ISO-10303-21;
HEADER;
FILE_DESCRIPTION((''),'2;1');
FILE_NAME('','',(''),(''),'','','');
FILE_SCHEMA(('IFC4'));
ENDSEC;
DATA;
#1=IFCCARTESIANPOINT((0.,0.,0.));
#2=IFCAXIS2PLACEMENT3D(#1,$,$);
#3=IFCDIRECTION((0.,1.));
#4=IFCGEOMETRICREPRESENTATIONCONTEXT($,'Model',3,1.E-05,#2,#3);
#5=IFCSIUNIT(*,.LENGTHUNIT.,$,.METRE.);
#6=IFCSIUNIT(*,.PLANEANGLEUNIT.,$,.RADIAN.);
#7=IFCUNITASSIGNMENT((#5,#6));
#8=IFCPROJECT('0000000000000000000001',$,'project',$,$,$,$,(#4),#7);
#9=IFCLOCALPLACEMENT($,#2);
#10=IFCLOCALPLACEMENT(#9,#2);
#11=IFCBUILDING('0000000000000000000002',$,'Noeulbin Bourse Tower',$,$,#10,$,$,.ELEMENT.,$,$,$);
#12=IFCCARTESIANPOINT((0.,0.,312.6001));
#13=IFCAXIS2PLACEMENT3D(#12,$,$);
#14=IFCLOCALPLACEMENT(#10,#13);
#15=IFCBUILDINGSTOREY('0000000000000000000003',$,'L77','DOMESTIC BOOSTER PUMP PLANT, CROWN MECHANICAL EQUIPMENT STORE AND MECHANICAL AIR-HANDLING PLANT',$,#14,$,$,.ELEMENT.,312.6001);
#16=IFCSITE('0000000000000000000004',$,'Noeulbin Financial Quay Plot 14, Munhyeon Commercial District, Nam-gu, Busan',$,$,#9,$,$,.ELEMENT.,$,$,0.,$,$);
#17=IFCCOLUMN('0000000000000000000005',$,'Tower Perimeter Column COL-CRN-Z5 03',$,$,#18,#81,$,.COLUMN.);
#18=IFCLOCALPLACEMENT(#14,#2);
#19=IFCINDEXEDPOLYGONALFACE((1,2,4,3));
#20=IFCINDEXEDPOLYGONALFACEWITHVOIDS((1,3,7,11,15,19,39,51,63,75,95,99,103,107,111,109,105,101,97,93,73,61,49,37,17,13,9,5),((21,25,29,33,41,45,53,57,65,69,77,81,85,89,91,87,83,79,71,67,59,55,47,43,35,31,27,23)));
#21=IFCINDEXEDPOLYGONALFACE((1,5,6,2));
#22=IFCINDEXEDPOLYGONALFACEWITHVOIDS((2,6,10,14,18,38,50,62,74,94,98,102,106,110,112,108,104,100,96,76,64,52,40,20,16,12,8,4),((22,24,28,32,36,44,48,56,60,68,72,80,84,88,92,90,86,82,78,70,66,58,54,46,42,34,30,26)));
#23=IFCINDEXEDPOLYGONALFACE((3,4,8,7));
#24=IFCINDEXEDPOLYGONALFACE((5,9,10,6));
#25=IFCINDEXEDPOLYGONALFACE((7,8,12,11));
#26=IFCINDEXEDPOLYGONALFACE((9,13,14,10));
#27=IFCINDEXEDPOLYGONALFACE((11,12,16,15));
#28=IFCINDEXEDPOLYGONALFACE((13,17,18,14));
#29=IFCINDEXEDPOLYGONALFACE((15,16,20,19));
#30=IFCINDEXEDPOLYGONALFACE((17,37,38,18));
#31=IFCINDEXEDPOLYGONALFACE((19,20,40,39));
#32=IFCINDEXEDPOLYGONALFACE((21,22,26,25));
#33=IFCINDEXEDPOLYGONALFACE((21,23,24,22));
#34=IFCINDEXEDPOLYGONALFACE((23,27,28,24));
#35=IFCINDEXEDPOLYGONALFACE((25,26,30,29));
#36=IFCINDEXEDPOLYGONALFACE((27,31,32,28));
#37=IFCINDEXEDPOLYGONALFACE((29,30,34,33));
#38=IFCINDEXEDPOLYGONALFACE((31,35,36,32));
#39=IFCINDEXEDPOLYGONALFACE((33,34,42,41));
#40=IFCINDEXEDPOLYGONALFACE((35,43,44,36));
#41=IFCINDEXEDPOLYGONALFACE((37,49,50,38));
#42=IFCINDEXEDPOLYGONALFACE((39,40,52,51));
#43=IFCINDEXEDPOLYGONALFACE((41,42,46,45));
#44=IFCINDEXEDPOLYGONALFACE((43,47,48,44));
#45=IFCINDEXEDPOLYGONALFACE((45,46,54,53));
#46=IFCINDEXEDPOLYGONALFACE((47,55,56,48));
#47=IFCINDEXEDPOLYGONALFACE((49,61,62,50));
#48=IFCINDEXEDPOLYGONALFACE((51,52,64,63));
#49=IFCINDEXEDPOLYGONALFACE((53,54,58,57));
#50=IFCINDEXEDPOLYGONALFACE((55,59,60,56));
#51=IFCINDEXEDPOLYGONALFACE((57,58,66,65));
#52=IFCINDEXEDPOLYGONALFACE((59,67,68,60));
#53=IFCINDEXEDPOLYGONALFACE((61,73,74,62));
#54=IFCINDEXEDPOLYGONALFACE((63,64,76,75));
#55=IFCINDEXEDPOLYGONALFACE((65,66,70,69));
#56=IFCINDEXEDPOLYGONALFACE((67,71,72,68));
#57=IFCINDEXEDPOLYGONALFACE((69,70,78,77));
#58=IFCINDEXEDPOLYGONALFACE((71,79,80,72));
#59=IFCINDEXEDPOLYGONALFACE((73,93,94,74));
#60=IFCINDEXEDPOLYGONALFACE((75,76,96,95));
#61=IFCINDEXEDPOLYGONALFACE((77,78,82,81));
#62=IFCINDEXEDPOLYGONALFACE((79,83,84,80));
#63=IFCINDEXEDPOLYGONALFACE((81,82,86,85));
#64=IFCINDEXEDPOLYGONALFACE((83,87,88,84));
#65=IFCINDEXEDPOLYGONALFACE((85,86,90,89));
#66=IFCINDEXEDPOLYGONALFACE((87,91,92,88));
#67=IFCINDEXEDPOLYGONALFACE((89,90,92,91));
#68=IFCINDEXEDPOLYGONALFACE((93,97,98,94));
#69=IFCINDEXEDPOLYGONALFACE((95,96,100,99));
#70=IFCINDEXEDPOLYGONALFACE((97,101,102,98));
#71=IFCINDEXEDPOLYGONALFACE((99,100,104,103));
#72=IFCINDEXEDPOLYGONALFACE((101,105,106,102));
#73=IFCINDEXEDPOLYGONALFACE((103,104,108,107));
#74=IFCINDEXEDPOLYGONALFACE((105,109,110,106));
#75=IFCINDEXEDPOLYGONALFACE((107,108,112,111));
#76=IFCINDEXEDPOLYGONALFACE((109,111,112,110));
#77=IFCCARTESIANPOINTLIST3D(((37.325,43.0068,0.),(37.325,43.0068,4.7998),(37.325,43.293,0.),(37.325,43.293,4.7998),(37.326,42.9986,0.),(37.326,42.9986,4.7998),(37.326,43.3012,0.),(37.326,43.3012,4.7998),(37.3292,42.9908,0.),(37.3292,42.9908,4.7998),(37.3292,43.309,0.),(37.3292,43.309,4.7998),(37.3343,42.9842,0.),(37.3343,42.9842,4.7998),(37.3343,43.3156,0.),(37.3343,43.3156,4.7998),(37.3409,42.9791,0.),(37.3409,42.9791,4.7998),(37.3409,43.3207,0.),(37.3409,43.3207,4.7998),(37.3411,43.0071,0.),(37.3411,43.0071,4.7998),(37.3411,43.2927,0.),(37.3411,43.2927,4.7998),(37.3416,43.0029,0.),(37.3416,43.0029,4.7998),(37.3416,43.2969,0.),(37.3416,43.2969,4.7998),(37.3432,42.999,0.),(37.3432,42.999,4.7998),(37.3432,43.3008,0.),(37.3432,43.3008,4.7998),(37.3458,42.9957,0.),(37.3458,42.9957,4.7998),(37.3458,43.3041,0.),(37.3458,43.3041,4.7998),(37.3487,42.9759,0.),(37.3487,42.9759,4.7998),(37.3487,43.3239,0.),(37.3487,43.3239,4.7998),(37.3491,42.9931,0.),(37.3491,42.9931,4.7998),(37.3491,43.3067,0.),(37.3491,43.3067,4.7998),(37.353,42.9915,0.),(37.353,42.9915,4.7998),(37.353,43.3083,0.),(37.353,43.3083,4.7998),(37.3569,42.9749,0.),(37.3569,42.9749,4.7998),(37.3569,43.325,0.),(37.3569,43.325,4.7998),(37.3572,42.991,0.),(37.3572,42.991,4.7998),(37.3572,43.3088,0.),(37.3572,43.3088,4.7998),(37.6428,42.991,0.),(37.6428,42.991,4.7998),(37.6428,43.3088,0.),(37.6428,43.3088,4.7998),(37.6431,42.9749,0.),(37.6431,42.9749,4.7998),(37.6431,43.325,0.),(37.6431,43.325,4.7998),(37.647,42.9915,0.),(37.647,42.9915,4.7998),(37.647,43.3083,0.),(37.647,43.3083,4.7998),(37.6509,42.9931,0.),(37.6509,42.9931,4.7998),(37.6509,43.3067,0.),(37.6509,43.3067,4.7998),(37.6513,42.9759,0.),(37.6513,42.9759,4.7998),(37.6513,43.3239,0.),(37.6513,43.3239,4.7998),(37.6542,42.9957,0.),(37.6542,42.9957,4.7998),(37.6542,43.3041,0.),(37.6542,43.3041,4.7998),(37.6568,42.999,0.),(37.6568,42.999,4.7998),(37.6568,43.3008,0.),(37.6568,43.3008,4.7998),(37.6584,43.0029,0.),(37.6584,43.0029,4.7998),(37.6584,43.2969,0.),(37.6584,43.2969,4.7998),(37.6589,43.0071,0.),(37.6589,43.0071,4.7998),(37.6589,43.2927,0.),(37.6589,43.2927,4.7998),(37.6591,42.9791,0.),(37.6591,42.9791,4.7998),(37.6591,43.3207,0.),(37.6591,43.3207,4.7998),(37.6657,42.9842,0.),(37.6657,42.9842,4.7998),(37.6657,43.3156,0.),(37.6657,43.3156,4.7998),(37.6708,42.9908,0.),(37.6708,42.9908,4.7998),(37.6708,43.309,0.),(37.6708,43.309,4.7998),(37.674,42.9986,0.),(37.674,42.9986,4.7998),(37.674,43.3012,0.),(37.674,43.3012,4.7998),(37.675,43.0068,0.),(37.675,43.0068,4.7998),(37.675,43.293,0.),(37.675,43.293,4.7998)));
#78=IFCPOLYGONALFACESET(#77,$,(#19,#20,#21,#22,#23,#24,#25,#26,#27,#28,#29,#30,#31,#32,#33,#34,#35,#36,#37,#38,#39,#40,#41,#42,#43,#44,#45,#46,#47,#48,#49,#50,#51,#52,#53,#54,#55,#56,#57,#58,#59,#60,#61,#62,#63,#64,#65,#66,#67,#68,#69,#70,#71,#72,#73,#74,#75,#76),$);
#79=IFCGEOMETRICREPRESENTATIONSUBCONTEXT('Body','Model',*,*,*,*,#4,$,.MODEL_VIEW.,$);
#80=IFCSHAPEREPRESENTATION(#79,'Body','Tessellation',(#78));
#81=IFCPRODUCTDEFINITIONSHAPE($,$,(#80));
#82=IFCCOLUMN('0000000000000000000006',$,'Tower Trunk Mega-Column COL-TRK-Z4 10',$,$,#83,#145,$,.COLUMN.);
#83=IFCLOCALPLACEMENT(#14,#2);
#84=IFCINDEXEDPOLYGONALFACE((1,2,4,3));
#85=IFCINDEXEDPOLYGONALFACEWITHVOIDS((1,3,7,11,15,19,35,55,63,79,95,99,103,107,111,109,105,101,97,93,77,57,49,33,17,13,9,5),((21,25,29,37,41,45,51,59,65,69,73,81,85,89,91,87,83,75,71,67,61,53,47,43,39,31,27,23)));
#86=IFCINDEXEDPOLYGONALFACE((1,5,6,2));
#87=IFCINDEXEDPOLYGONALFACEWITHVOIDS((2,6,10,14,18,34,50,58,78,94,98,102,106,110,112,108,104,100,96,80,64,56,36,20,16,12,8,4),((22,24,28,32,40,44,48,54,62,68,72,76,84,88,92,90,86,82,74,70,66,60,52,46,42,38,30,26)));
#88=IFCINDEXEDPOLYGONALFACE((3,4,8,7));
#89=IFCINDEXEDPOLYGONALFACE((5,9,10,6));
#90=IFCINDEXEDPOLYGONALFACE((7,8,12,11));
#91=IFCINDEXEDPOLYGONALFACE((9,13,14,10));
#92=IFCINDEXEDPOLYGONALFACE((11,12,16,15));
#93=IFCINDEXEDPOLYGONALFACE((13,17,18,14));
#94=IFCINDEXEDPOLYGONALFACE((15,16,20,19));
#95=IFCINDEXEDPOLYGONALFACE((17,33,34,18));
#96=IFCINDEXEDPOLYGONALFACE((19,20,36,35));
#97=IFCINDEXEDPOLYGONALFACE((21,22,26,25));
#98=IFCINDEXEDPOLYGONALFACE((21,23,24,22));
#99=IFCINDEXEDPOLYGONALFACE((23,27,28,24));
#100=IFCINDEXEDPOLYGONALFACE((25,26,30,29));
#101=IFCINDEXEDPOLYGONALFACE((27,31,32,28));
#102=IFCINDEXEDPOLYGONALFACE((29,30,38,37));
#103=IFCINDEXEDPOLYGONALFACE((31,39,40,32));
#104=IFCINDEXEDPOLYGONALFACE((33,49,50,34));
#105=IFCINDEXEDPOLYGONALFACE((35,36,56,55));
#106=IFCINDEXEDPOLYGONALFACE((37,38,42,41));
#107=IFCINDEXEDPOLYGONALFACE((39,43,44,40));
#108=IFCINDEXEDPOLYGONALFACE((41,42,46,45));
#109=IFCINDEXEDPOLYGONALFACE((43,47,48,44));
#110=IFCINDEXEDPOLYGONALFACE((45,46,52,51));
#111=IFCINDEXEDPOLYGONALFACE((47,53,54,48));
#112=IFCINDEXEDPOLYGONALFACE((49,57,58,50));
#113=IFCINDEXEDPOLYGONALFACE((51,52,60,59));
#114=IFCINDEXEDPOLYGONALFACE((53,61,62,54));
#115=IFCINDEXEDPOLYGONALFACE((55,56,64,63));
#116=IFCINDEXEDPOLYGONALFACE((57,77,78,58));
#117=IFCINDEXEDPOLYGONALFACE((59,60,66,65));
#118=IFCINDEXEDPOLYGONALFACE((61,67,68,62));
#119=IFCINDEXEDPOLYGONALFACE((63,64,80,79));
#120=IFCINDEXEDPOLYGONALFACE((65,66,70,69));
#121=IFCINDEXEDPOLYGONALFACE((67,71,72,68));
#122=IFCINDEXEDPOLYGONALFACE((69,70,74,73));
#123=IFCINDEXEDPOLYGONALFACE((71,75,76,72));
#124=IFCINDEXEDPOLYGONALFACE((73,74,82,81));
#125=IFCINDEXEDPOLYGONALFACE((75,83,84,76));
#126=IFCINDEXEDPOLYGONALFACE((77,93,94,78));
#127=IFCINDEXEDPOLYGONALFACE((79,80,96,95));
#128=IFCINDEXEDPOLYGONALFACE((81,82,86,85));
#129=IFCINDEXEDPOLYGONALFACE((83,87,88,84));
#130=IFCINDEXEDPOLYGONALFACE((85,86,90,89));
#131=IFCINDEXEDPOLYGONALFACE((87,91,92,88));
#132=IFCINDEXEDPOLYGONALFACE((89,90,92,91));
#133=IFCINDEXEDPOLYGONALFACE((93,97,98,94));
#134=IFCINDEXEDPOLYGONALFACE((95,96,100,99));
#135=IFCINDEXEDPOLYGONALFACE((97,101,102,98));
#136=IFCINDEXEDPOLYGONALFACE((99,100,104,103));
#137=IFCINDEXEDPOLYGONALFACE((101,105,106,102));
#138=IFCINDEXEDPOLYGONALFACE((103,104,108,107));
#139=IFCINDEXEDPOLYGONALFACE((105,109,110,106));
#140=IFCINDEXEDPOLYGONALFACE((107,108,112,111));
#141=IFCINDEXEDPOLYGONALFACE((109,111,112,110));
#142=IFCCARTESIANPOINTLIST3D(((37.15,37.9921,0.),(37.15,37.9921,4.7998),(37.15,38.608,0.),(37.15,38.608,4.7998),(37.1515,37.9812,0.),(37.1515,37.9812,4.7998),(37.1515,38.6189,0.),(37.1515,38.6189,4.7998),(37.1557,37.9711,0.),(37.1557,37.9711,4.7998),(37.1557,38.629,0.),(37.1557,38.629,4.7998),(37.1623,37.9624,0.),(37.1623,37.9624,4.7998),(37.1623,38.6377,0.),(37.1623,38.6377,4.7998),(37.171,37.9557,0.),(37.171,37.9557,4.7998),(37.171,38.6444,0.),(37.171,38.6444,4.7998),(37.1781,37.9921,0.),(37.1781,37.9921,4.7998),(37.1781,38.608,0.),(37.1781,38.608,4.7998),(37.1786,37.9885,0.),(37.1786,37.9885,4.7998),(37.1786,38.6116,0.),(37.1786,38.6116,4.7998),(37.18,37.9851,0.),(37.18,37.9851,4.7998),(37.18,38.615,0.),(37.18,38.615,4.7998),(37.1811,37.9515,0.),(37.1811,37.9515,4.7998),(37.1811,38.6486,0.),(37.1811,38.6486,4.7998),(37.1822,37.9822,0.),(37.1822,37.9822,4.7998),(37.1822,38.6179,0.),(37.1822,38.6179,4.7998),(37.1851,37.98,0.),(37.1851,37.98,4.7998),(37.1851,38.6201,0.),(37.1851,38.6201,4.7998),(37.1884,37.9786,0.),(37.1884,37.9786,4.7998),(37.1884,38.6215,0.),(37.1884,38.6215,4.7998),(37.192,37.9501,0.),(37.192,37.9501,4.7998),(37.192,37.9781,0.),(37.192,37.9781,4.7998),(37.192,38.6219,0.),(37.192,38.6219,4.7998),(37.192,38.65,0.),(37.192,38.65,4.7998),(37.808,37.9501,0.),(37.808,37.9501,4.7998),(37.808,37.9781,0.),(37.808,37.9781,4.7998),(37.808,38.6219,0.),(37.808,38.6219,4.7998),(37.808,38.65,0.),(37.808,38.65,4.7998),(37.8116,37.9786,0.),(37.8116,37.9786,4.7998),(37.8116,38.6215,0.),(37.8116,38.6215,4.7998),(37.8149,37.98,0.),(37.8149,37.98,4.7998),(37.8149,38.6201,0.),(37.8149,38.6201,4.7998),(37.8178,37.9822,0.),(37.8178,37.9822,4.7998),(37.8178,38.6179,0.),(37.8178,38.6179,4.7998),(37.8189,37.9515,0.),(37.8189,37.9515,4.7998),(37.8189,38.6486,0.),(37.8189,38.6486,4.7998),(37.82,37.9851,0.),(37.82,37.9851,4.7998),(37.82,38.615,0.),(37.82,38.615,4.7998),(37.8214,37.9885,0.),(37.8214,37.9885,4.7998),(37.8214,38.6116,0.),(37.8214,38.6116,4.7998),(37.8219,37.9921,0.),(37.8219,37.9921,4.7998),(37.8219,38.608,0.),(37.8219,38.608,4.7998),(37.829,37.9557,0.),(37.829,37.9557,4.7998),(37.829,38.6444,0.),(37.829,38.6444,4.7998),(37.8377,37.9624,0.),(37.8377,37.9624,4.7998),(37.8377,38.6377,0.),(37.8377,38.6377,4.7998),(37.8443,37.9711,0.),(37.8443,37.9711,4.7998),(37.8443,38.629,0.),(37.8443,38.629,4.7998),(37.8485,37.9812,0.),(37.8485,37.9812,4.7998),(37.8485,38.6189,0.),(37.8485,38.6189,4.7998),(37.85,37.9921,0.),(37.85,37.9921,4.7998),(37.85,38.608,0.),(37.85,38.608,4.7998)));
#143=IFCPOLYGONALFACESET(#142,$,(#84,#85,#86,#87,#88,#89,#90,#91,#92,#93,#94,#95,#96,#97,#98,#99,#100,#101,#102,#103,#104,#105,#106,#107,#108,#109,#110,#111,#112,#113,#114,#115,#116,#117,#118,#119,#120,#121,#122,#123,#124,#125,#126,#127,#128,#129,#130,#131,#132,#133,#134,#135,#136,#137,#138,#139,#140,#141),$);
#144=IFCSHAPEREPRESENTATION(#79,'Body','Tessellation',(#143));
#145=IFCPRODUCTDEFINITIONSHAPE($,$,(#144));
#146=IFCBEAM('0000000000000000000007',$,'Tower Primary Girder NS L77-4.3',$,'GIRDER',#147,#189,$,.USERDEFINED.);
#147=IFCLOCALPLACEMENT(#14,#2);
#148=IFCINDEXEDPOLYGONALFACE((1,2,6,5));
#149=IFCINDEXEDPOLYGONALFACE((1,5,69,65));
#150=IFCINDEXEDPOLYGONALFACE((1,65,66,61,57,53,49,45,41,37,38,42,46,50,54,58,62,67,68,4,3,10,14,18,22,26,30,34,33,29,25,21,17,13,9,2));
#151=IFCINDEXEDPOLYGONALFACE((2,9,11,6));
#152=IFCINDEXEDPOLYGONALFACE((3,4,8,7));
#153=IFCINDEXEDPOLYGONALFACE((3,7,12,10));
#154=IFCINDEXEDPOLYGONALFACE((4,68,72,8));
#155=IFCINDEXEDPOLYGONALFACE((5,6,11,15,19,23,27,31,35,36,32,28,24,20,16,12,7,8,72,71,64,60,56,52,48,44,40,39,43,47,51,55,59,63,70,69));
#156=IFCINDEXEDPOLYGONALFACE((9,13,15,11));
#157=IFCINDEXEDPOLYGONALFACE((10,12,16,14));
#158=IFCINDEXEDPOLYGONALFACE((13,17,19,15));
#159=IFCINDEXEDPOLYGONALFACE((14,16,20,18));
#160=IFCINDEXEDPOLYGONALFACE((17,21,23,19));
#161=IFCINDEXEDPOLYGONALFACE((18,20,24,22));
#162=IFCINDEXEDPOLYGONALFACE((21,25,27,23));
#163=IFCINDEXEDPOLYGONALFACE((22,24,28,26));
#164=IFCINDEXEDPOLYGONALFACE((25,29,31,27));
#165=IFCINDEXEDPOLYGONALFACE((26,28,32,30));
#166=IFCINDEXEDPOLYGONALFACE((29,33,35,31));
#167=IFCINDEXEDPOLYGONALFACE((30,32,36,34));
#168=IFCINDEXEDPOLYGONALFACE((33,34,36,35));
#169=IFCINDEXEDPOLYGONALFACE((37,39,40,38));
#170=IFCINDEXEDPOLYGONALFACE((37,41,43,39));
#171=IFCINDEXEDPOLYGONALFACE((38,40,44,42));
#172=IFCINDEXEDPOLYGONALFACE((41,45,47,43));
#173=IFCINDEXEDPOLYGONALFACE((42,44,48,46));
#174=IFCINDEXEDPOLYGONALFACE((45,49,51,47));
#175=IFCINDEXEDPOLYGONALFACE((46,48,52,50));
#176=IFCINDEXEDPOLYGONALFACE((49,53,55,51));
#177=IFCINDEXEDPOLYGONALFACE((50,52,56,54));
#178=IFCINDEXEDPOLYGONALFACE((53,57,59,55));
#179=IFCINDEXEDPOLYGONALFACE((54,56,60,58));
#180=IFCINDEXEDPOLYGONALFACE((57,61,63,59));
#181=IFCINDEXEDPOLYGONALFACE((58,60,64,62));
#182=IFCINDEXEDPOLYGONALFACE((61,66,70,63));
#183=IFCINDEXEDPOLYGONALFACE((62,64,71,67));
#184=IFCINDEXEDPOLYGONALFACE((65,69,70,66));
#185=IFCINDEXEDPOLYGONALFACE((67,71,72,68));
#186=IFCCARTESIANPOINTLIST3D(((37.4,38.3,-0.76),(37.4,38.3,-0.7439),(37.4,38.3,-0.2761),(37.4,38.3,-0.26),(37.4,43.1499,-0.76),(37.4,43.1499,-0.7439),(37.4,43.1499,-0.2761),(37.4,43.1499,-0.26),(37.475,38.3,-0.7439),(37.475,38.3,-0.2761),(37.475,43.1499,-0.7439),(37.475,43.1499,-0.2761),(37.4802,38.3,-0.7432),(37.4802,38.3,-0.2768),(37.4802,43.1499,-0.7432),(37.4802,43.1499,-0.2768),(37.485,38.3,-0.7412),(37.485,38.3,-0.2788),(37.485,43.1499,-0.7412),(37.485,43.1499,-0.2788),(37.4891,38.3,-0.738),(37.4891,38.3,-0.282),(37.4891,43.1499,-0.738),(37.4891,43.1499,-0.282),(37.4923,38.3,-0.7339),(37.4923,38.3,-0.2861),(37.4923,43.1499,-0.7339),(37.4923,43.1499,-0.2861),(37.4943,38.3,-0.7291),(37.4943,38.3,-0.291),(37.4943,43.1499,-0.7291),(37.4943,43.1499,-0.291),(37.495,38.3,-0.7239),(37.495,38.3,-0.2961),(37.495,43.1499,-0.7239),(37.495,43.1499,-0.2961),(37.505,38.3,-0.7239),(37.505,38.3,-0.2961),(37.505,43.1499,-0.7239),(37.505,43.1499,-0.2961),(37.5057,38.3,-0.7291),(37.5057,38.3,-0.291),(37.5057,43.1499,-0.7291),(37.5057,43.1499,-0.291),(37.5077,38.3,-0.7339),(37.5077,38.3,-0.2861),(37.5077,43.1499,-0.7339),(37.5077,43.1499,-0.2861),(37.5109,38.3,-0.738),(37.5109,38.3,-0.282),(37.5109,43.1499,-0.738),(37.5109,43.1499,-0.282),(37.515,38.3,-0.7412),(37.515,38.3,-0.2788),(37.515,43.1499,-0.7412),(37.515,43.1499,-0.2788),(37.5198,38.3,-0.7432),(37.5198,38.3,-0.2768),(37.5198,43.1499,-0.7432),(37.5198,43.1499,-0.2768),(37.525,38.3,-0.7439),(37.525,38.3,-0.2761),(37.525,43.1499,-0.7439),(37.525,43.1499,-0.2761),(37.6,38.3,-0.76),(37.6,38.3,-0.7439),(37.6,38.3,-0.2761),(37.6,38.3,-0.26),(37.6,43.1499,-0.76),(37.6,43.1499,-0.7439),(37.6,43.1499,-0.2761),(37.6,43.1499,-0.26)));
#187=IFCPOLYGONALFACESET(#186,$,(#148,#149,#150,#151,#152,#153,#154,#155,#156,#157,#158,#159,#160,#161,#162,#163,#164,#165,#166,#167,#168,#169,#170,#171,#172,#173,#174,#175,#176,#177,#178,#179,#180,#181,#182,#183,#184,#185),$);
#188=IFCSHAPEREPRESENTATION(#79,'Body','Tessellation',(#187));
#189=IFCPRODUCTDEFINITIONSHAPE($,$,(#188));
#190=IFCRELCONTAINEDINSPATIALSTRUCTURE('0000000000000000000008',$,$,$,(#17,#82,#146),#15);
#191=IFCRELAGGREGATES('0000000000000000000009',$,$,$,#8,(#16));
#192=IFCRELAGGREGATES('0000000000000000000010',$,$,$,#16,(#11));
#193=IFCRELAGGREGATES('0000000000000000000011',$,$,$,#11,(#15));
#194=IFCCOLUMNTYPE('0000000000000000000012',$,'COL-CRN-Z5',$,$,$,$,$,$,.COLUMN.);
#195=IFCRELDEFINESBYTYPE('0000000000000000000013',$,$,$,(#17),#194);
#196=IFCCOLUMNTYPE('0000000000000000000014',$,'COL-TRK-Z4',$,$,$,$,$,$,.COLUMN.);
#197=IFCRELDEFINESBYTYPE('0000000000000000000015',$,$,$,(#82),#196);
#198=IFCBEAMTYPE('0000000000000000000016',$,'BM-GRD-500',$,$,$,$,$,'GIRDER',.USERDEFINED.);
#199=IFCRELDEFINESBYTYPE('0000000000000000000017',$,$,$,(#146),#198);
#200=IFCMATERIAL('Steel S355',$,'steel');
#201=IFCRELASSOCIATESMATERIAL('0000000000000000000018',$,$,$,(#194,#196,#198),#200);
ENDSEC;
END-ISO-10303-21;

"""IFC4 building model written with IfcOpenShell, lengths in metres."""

from ifc_helpers import new_model, si_unit, direction, frame, origin, origin_2d, place, context, subcontext, project, spatial, hollow_rectangle, i_section, extrude, material, material_profile, profile_set, type_object, element, save


model = new_model("IFC4")

# Units and contexts
model_context = context("Model", 3, precision=1e-05, world=origin(), true_north=direction((0.0, 1.0)))
body_context = subcontext(model_context, "Body", "Model", "MODEL_VIEW")
ifc_project = project(units=[si_unit("LENGTHUNIT", "METRE"), si_unit("PLANEANGLEUNIT", "RADIAN")], contexts=[model_context])

# Site, building, storey
site_placement = place(None, origin())
site = spatial("IfcSite", under=ifc_project, at=site_placement, Name="Noeulbin Financial Quay Plot 14, Munhyeon Commercial District, Nam-gu, Busan", CompositionType="ELEMENT", RefElevation=0.0)
building_placement = place(site_placement, origin())
building = spatial("IfcBuilding", under=site, at=building_placement, Name="Noeulbin Bourse Tower", CompositionType="ELEMENT")
storey_placement = place(building_placement, frame((0.0, 0.0, 312.6001)))
storey = spatial("IfcBuildingStorey", under=building, at=storey_placement, Name="L77", Description="DOMESTIC BOOSTER PUMP PLANT, CROWN MECHANICAL EQUIPMENT STORE AND MECHANICAL AIR-HANDLING PLANT", CompositionType="ELEMENT", Elevation=312.6001)

# Columns
ifc_material_1 = material(Name="Steel S355", Category="steel")
ifc_material_profile_1 = material_profile(ifc_material_1, hollow_rectangle(XDim=0.3501, YDim=0.3501, WallThickness=0.0161, InnerFilletRadius=0.0161, OuterFilletRadius=0.032, at=origin_2d()), Name="SHS-350x350x16", Category="LoadBearing")
ifc_profile_set_1 = profile_set([ifc_material_profile_1], Name="Steel S355")
column_type_1 = type_object("IfcColumnType", Name="COL-CRN-Z5", PredefinedType="COLUMN", material=ifc_profile_set_1)
column_1_placement = place(storey_placement, frame((37.5, 43.1499, 0.0), z_axis=(0.0, 0.0, 1.0), x_axis=(1.0, 0.0, 0.0)))
element("IfcColumn", 1, at=column_1_placement, inside=storey, type_object=column_type_1, Name="Tower Perimeter Column COL-CRN-Z5 03", PredefinedType="COLUMN", context=body_context, shape_type="SweptSolid", body=[
    extrude(hollow_rectangle(XDim=0.3501, YDim=0.3501, WallThickness=0.0161, InnerFilletRadius=0.0161, OuterFilletRadius=0.032, at=origin_2d()), origin(), (0.0, 0.0, 1.0), 4.7998),
])
ifc_material_profile_2 = material_profile(ifc_material_1, hollow_rectangle(XDim=0.7, YDim=0.7, WallThickness=0.0281, InnerFilletRadius=0.0139, OuterFilletRadius=0.042, at=origin_2d()), Name="BOX-700x700x28", Category="LoadBearing")
ifc_profile_set_2 = profile_set([ifc_material_profile_2], Name="Steel S355")
column_type_2 = type_object("IfcColumnType", Name="COL-TRK-Z4", PredefinedType="COLUMN", material=ifc_profile_set_2)
column_2_placement = place(storey_placement, frame((37.5, 38.3, 0.0), z_axis=(0.0, 0.0, 1.0), x_axis=(1.0, 0.0, 0.0)))
element("IfcColumn", 2, at=column_2_placement, inside=storey, type_object=column_type_2, Name="Tower Trunk Mega-Column COL-TRK-Z4 10", PredefinedType="COLUMN", context=body_context, shape_type="SweptSolid", body=[
    extrude(hollow_rectangle(XDim=0.7, YDim=0.7, WallThickness=0.0281, InnerFilletRadius=0.0139, OuterFilletRadius=0.042, at=origin_2d()), origin(), (0.0, 0.0, 1.0), 4.7998),
])

# Beam
ifc_material_profile_3 = material_profile(ifc_material_1, i_section(OverallWidth=0.2, OverallDepth=0.5, WebThickness=0.01, FlangeThickness=0.0161, FilletRadius=0.02, at=origin_2d()), Name="H-500x200x10x16", Category="LoadBearing")
ifc_profile_set_3 = profile_set([ifc_material_profile_3], Name="Steel S355")
beam_type_1 = type_object("IfcBeamType", Name="BM-GRD-500", ElementType="GIRDER", PredefinedType="USERDEFINED", material=ifc_profile_set_3)
beam_1_placement = place(storey_placement, frame((37.5, 38.3, -0.51), z_axis=(0.0, 1.0, 0.0), x_axis=(-1.0, 0.0, 0.0)))
element("IfcBeam", 3, at=beam_1_placement, inside=storey, type_object=beam_type_1, Name="Tower Primary Girder NS L77-4.3", ObjectType="GIRDER", PredefinedType="USERDEFINED", context=body_context, shape_type="SweptSolid", body=[
    extrude(i_section(OverallWidth=0.2, OverallDepth=0.5, WebThickness=0.01, FlangeThickness=0.0161, FilletRadius=0.02, at=origin_2d()), origin(), (0.0, 0.0, 1.0), 4.8499),
])

save(model, "model.ifc")
